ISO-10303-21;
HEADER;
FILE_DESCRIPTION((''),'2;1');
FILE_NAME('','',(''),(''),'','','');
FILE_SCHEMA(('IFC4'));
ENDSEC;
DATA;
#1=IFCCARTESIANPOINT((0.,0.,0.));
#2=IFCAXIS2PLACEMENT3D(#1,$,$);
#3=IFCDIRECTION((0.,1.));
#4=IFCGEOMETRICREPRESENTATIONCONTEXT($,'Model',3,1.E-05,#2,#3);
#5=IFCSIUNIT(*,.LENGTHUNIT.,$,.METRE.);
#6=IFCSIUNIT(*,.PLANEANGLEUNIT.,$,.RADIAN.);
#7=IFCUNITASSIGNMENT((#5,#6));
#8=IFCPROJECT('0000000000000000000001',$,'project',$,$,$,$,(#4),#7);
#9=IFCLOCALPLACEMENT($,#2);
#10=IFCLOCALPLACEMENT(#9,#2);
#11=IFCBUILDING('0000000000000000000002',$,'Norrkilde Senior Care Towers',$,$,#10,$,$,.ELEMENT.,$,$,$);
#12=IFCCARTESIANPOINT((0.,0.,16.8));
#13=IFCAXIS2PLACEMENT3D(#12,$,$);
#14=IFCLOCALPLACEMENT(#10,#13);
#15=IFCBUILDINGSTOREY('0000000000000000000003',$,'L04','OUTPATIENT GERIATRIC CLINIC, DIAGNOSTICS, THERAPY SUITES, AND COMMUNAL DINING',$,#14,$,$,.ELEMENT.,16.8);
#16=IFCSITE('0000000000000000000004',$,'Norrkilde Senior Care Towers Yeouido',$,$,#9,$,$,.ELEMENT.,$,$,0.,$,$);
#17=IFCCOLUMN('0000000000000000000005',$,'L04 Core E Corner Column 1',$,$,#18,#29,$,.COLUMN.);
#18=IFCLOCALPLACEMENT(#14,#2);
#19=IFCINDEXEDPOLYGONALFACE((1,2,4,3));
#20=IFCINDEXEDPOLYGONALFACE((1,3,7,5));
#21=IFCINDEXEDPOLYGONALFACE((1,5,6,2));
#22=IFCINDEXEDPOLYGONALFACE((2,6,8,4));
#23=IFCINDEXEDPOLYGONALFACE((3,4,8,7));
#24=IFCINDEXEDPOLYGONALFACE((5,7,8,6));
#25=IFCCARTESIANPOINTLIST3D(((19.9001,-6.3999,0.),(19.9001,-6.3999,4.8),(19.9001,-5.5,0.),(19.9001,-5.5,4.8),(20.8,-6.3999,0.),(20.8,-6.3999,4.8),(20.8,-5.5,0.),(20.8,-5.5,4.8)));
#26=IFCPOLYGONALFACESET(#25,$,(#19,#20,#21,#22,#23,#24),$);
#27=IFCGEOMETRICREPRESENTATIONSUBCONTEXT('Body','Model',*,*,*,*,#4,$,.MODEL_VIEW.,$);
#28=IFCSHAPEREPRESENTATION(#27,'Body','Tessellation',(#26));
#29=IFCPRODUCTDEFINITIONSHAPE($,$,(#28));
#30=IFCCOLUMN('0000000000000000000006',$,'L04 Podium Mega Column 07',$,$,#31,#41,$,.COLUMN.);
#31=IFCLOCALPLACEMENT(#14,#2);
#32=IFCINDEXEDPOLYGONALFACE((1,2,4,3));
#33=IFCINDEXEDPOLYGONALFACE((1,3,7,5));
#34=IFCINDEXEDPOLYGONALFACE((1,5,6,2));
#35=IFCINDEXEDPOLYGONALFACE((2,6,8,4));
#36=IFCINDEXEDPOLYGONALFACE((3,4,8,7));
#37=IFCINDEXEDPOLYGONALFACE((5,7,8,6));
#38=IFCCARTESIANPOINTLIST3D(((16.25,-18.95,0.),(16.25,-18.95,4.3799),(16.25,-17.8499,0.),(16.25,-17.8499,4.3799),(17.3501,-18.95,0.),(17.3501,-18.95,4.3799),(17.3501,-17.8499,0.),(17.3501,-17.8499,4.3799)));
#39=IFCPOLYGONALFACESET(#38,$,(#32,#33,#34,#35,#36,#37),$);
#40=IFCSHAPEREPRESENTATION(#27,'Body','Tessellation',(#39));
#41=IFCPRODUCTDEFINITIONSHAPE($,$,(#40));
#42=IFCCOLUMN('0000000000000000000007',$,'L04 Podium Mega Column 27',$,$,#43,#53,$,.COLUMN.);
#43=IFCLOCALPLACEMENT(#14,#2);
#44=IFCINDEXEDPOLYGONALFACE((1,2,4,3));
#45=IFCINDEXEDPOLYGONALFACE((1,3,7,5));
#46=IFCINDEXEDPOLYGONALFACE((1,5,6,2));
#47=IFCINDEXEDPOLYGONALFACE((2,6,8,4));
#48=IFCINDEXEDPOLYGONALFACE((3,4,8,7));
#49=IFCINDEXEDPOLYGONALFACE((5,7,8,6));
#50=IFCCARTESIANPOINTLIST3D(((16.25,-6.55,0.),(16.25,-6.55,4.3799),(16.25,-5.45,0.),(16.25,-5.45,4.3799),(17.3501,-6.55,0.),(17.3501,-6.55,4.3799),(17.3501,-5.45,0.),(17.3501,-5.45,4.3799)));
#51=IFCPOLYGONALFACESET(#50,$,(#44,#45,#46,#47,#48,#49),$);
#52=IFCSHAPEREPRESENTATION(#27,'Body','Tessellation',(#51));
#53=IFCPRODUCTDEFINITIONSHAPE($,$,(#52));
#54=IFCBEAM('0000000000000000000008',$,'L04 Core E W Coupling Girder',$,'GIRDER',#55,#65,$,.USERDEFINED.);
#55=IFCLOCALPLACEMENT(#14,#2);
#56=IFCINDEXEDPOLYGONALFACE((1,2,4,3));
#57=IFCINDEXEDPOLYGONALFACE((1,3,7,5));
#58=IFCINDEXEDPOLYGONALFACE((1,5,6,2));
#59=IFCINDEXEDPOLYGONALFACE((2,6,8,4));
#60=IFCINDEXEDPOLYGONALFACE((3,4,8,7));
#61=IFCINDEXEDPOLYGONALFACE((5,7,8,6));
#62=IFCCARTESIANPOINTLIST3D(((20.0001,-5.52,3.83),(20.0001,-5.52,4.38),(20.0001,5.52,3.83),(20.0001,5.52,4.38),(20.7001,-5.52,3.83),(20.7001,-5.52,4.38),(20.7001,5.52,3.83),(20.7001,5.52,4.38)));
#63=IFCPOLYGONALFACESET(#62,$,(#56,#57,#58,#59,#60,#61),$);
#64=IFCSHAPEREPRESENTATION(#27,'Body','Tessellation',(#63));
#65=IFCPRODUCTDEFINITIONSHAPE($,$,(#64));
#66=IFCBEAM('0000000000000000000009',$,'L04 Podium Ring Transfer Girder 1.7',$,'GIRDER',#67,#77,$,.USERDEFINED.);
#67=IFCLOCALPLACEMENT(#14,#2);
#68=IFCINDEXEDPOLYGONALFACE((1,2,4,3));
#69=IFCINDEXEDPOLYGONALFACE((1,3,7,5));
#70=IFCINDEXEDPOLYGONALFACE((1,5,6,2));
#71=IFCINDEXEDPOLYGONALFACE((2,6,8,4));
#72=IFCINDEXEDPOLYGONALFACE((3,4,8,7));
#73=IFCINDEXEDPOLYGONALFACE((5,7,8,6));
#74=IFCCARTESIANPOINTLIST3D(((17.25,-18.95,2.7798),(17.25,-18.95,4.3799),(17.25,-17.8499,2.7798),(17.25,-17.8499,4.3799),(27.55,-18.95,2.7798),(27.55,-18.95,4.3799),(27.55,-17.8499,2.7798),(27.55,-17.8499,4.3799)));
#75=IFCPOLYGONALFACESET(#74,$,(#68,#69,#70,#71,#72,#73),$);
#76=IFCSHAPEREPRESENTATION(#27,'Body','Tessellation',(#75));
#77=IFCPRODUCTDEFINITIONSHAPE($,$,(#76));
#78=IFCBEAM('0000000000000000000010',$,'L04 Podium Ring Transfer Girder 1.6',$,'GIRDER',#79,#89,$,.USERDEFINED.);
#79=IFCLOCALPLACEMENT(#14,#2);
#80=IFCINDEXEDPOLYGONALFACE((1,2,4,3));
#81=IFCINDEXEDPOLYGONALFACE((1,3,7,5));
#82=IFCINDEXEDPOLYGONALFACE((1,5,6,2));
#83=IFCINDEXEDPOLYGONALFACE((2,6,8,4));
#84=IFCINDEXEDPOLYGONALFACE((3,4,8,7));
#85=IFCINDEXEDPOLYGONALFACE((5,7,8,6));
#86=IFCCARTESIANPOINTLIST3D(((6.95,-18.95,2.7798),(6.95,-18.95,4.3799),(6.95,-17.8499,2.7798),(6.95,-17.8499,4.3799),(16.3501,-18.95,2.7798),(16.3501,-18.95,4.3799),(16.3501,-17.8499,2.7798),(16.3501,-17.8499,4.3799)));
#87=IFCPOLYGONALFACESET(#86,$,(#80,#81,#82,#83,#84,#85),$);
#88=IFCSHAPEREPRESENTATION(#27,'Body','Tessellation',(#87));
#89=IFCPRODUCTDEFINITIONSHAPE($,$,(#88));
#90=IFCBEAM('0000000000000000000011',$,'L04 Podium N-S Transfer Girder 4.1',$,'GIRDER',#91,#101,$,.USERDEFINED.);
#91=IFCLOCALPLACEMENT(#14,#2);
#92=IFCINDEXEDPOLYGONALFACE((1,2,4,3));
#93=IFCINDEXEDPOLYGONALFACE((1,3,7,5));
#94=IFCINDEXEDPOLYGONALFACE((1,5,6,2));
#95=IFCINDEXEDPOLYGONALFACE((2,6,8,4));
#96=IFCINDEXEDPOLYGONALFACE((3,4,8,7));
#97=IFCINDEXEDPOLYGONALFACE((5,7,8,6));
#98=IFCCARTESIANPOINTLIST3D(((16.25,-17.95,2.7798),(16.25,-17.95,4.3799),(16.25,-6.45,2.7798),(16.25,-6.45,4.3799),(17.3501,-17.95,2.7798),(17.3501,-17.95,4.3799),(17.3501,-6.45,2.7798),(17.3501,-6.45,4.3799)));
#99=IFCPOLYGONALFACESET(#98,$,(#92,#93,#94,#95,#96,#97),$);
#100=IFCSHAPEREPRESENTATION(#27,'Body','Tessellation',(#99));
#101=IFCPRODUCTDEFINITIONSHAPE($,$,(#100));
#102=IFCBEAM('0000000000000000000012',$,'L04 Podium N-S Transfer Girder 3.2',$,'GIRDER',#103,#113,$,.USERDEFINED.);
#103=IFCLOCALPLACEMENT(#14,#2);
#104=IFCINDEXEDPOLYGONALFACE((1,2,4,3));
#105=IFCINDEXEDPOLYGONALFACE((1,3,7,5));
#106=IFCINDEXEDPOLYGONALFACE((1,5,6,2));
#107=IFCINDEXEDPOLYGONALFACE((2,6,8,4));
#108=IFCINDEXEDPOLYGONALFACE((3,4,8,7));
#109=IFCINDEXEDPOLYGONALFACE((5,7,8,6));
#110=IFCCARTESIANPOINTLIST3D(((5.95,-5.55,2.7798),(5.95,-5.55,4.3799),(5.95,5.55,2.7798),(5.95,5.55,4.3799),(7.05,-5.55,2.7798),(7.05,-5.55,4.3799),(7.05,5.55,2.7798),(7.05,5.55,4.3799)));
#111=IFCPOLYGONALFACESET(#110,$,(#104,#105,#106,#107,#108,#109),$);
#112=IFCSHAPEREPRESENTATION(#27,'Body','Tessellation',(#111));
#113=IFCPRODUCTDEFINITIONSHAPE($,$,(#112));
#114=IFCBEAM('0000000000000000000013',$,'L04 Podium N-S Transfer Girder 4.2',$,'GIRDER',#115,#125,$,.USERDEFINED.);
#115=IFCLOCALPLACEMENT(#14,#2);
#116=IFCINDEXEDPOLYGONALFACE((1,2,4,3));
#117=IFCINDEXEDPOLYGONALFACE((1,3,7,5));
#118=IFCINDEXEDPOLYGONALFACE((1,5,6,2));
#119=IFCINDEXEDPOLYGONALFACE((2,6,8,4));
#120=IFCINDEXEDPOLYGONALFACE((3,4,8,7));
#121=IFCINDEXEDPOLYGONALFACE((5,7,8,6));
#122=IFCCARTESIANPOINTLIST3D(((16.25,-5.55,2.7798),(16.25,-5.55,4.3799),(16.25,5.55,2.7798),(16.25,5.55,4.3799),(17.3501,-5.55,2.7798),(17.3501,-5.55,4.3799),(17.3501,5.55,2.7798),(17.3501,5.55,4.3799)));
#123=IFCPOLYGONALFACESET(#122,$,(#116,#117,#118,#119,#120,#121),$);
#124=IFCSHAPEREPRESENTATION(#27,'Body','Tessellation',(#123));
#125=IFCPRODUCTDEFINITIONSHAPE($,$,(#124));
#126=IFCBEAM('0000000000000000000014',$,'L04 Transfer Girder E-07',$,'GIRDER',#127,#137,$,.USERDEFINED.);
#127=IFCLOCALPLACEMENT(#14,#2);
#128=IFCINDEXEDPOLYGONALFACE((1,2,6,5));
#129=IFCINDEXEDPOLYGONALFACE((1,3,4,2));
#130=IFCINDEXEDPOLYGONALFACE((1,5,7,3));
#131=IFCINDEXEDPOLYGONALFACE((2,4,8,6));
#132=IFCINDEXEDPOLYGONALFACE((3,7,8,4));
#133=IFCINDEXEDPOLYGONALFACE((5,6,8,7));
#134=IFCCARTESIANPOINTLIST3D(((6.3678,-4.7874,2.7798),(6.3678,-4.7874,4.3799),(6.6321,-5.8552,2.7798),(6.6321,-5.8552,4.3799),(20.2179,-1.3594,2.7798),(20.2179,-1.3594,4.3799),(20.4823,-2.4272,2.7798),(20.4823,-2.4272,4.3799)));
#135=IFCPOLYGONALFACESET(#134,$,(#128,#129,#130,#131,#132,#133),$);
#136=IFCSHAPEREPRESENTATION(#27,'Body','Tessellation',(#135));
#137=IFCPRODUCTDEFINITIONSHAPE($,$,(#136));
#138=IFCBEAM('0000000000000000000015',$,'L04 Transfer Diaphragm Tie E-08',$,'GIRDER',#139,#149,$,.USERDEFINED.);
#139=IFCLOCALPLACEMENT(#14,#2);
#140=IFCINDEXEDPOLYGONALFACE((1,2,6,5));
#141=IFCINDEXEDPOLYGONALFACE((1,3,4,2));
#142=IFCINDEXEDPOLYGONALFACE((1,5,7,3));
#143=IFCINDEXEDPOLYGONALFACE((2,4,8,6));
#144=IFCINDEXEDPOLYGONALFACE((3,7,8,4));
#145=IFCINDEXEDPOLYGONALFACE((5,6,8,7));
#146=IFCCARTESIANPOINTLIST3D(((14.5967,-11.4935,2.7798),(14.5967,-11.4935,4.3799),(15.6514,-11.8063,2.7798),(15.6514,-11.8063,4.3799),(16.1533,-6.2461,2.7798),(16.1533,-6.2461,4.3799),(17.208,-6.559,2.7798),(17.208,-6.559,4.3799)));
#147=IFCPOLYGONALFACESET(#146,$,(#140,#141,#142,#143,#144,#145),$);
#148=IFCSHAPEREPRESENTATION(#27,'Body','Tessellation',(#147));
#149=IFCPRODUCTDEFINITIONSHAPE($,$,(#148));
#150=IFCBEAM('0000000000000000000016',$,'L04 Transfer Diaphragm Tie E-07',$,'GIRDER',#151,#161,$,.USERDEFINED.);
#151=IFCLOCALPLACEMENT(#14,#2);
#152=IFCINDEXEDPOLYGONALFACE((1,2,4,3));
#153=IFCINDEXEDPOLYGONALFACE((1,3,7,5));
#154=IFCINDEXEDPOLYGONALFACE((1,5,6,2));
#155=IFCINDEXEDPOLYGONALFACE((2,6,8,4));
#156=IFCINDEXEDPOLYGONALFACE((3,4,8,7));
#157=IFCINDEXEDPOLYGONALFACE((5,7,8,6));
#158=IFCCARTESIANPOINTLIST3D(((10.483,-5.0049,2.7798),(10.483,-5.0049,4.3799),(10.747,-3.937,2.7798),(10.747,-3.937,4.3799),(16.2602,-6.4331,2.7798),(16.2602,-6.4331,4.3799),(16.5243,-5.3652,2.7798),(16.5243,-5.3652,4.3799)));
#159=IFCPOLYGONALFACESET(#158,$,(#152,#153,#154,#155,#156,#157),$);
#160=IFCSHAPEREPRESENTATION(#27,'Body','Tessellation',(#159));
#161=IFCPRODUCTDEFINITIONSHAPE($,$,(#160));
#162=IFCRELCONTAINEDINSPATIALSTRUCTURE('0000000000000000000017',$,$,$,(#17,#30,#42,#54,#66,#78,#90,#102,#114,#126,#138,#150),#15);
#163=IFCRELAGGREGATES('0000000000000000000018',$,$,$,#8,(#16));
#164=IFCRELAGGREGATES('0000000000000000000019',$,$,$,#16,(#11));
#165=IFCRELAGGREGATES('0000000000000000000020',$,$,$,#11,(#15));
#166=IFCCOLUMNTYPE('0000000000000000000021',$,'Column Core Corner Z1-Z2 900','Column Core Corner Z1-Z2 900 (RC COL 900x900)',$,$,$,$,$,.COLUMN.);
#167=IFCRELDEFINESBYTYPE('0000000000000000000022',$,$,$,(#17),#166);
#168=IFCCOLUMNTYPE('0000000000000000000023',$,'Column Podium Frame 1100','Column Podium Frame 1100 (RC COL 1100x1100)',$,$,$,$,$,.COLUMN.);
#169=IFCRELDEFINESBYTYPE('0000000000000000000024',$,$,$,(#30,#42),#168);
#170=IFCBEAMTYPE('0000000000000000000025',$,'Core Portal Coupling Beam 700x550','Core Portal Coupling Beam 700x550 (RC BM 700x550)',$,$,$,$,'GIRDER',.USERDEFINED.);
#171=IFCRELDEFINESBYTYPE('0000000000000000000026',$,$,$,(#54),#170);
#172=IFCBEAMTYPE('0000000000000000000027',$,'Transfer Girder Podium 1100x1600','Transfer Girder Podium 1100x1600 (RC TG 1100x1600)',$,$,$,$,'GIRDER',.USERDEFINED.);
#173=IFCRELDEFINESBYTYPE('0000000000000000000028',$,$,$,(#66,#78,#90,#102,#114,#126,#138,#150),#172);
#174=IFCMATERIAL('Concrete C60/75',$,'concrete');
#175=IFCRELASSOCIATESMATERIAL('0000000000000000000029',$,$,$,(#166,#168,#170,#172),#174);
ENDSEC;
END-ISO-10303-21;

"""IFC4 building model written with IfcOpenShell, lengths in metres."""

from ifc_helpers import new_model, si_unit, direction, frame, origin, origin_2d, place, context, subcontext, project, spatial, rectangle, extrude, source, transform, mapped, material, material_profile, profile_set, type_object, type_shapes, element, save


model = new_model("IFC4")

# Units and contexts
model_context = context("Model", 3, precision=1e-05, world=origin(), true_north=direction((0.0, 1.0)))
body_context = subcontext(model_context, "Body", "Model", "MODEL_VIEW")
ifc_project = project(units=[si_unit("LENGTHUNIT", "METRE"), si_unit("PLANEANGLEUNIT", "RADIAN")], contexts=[model_context])

# Site, building, storey
site_placement = place(None, origin())
site = spatial("IfcSite", under=ifc_project, at=site_placement, Name="Norrkilde Senior Care Towers Yeouido", CompositionType="ELEMENT", RefElevation=0.0)
building_placement = place(site_placement, origin())
building = spatial("IfcBuilding", under=site, at=building_placement, Name="Norrkilde Senior Care Towers", CompositionType="ELEMENT")
storey_placement = place(building_placement, frame((0.0, 0.0, 16.8)))
storey = spatial("IfcBuildingStorey", under=building, at=storey_placement, Name="L04", Description="OUTPATIENT GERIATRIC CLINIC, DIAGNOSTICS, THERAPY SUITES, AND COMMUNAL DINING", CompositionType="ELEMENT", Elevation=16.8)

# Columns
ifc_material_1 = material(Name="Concrete C60/75", Category="concrete")
ifc_material_profile_1 = material_profile(ifc_material_1, rectangle(XDim=0.8999, YDim=0.8999, at=origin_2d()), Name="RC COL 900x900")
ifc_profile_set_1 = profile_set([ifc_material_profile_1], Name="Concrete C60/75")
column_type_1 = type_object("IfcColumnType", Name="Column Core Corner Z1-Z2 900", Description="Column Core Corner Z1-Z2 900 (RC COL 900x900)", PredefinedType="COLUMN", material=ifc_profile_set_1)
shared_shape_1 = source(origin(), body_context, "Body", "SweptSolid", [
    extrude(rectangle(XDim=0.8999, YDim=0.8999, at=origin_2d()), origin(), (0.0, 0.0, 1.0), 4.8),
])
type_shapes(column_type_1, [shared_shape_1])
column_placement = place(storey_placement, frame((20.3501, -5.95, 0.0), z_axis=(0.0, 0.0, 1.0), x_axis=(1.0, 0.0, 0.0)))
element("IfcColumn", 1, at=column_placement, inside=storey, type_object=column_type_1, Name="L04 Core E Corner Column 1", PredefinedType="COLUMN", context=body_context, shape_type="MappedRepresentation", body=[
    mapped(shared_shape_1, transform((0.0, 0.0, 0.0), x_axis=(1.0, 0.0, 0.0), y_axis=(0.0, 1.0, 0.0), z_axis=(0.0, 0.0, 1.0), scale=1.0)),
])
ifc_material_profile_2 = material_profile(ifc_material_1, rectangle(XDim=1.1001, YDim=1.1001, at=origin_2d()), Name="RC COL 1100x1100")
ifc_profile_set_2 = profile_set([ifc_material_profile_2], Name="Concrete C60/75")
column_type_2 = type_object("IfcColumnType", Name="Column Podium Frame 1100", Description="Column Podium Frame 1100 (RC COL 1100x1100)", PredefinedType="COLUMN", material=ifc_profile_set_2)
shared_shape_2 = source(origin(), body_context, "Body", "SweptSolid", [
    extrude(rectangle(XDim=1.1001, YDim=1.1001, at=origin_2d()), origin(), (0.0, 0.0, 1.0), 4.3799),
])
type_shapes(column_type_2, [shared_shape_2])
for number, where, z_axis, x_axis, name in (
    (2, (16.8, -18.3999, 0.0), (0.0, 0.0, 1.0), (1.0, 0.0, 0.0), "L04 Podium Mega Column 07"),
    (3, (16.8, -6.0, 0.0), (0.0, 0.0, 1.0), (1.0, 0.0, 0.0), "L04 Podium Mega Column 27"),
):
    element("IfcColumn", number, at=place(storey_placement, frame(where, z_axis=z_axis, x_axis=x_axis)), inside=storey, type_object=column_type_2, Name=name, PredefinedType="COLUMN", context=body_context, shape_type="MappedRepresentation", body=[
        mapped(shared_shape_2, transform((0.0, 0.0, 0.0), x_axis=(1.0, 0.0, 0.0), y_axis=(0.0, 1.0, 0.0), z_axis=(0.0, 0.0, 1.0), scale=1.0)),
    ])

# Beams
ifc_material_profile_3 = material_profile(ifc_material_1, rectangle(XDim=0.7, YDim=0.55, at=origin_2d()), Name="RC BM 700x550")
ifc_profile_set_3 = profile_set([ifc_material_profile_3], Name="Concrete C60/75")
beam_type_1 = type_object("IfcBeamType", Name="Core Portal Coupling Beam 700x550", Description="Core Portal Coupling Beam 700x550 (RC BM 700x550)", ElementType="GIRDER", PredefinedType="USERDEFINED", material=ifc_profile_set_3)
shared_shape_3 = source(origin(), body_context, "Body", "SweptSolid", [
    extrude(rectangle(XDim=0.7, YDim=0.55, at=origin_2d()), origin(), (0.0, 0.0, 1.0), 11.04),
])
type_shapes(beam_type_1, [shared_shape_3])
beam_1_placement = place(storey_placement, frame((20.3501, -5.52, 4.105), z_axis=(0.0, 1.0, 0.0), x_axis=(-1.0, 0.0, 0.0)))
element("IfcBeam", 4, at=beam_1_placement, inside=storey, type_object=beam_type_1, Name="L04 Core E W Coupling Girder", ObjectType="GIRDER", PredefinedType="USERDEFINED", context=body_context, shape_type="MappedRepresentation", body=[
    mapped(shared_shape_3, transform((0.0, 0.0, 0.0), x_axis=(1.0, 0.0, 0.0), y_axis=(0.0, 1.0, 0.0), z_axis=(0.0, 0.0, 1.0), scale=1.0)),
])
ifc_material_profile_4 = material_profile(ifc_material_1, rectangle(XDim=1.1001, YDim=1.6001, at=origin_2d()), Name="RC TG 1100x1600")
ifc_profile_set_4 = profile_set([ifc_material_profile_4], Name="Concrete C60/75")
beam_type_2 = type_object("IfcBeamType", Name="Transfer Girder Podium 1100x1600", Description="Transfer Girder Podium 1100x1600 (RC TG 1100x1600)", ElementType="GIRDER", PredefinedType="USERDEFINED", material=ifc_profile_set_4)
shared_shape_4 = source(origin(), body_context, "Body", "SweptSolid", [
    extrude(rectangle(XDim=1.1001, YDim=1.6001, at=origin_2d()), origin(), (0.0, 0.0, 1.0), 10.3),
])
beam_2_placement = place(storey_placement, frame((17.25, -18.3999, 3.5798), z_axis=(1.0, 0.0, 0.0), x_axis=(0.0, 1.0, 0.0)))
element("IfcBeam", 5, at=beam_2_placement, inside=storey, type_object=beam_type_2, Name="L04 Podium Ring Transfer Girder 1.7", ObjectType="GIRDER", PredefinedType="USERDEFINED", context=body_context, shape_type="MappedRepresentation", body=[
    mapped(shared_shape_4, transform((0.0, 0.0, 0.0), x_axis=(1.0, 0.0, 0.0), y_axis=(0.0, 1.0, 0.0), z_axis=(0.0, 0.0, 1.0), scale=1.0)),
])
shared_shape_5 = source(origin(), body_context, "Body", "SweptSolid", [
    extrude(rectangle(XDim=1.1001, YDim=1.6001, at=origin_2d()), origin(), (0.0, 0.0, 1.0), 9.4001),
])
beam_3_placement = place(storey_placement, frame((6.95, -18.3999, 3.5798), z_axis=(1.0, 0.0, 0.0), x_axis=(0.0, 1.0, 0.0)))
element("IfcBeam", 6, at=beam_3_placement, inside=storey, type_object=beam_type_2, Name="L04 Podium Ring Transfer Girder 1.6", ObjectType="GIRDER", PredefinedType="USERDEFINED", context=body_context, shape_type="MappedRepresentation", body=[
    mapped(shared_shape_5, transform((0.0, 0.0, 0.0), x_axis=(1.0, 0.0, 0.0), y_axis=(0.0, 1.0, 0.0), z_axis=(0.0, 0.0, 1.0), scale=1.0)),
])
shared_shape_6 = source(origin(), body_context, "Body", "SweptSolid", [
    extrude(rectangle(XDim=1.1001, YDim=1.6001, at=origin_2d()), origin(), (0.0, 0.0, 1.0), 11.5),
])
beam_4_placement = place(storey_placement, frame((16.8, -17.95, 3.5798), z_axis=(0.0, 1.0, 0.0), x_axis=(-1.0, 0.0, 0.0)))
element("IfcBeam", 7, at=beam_4_placement, inside=storey, type_object=beam_type_2, Name="L04 Podium N-S Transfer Girder 4.1", ObjectType="GIRDER", PredefinedType="USERDEFINED", context=body_context, shape_type="MappedRepresentation", body=[
    mapped(shared_shape_6, transform((0.0, 0.0, 0.0), x_axis=(1.0, 0.0, 0.0), y_axis=(0.0, 1.0, 0.0), z_axis=(0.0, 0.0, 1.0), scale=1.0)),
])
shared_shape_7 = source(origin(), body_context, "Body", "SweptSolid", [
    extrude(rectangle(XDim=1.1001, YDim=1.6001, at=origin_2d()), origin(), (0.0, 0.0, 1.0), 11.1001),
])
for number, where, z_axis, x_axis, name in (
    (8, (6.5, -5.55, 3.5798), (0.0, 1.0, 0.0), (-1.0, 0.0, 0.0), "L04 Podium N-S Transfer Girder 3.2"),
    (9, (16.8, -5.55, 3.5798), (0.0, 1.0, 0.0), (-1.0, 0.0, 0.0), "L04 Podium N-S Transfer Girder 4.2"),
):
    element("IfcBeam", number, at=place(storey_placement, frame(where, z_axis=z_axis, x_axis=x_axis)), inside=storey, type_object=beam_type_2, Name=name, ObjectType="GIRDER", PredefinedType="USERDEFINED", context=body_context, shape_type="MappedRepresentation", body=[
        mapped(shared_shape_7, transform((0.0, 0.0, 0.0), x_axis=(1.0, 0.0, 0.0), y_axis=(0.0, 1.0, 0.0), z_axis=(0.0, 0.0, 1.0), scale=1.0)),
    ])
shared_shape_8 = source(origin(), body_context, "Body", "SweptSolid", [
    extrude(rectangle(XDim=1.1001, YDim=1.6001, at=origin_2d()), origin(), (0.0, 0.0, 1.0), 14.2681),
])
beam_5_placement = place(storey_placement, frame((20.3501, -1.8933, 3.5798), z_axis=(-0.97071, -0.240256, 0.0), x_axis=(0.240256, -0.97071, 0.0)))
element("IfcBeam", 10, at=beam_5_placement, inside=storey, type_object=beam_type_2, Name="L04 Transfer Girder E-07", ObjectType="GIRDER", PredefinedType="USERDEFINED", context=body_context, shape_type="MappedRepresentation", body=[
    mapped(shared_shape_8, transform((0.0, 0.0, 0.0), x_axis=(1.0, 0.0, 0.0), y_axis=(0.0, 1.0, 0.0), z_axis=(0.0, 0.0, 1.0), scale=1.0)),
])
shared_shape_9 = source(origin(), body_context, "Body", "SweptSolid", [
    extrude(rectangle(XDim=1.1001, YDim=1.6001, at=origin_2d()), origin(), (0.0, 0.0, 1.0), 5.4734),
])
beam_6_placement = place(storey_placement, frame((15.124, -11.6499, 3.5798), z_axis=(0.284404, 0.958704, 0.0), x_axis=(-0.958704, 0.284404, 0.0)))
element("IfcBeam", 11, at=beam_6_placement, inside=storey, type_object=beam_type_2, Name="L04 Transfer Diaphragm Tie E-08", ObjectType="GIRDER", PredefinedType="USERDEFINED", context=body_context, shape_type="MappedRepresentation", body=[
    mapped(shared_shape_9, transform((0.0, 0.0, 0.0), x_axis=(1.0, 0.0, 0.0), y_axis=(0.0, 1.0, 0.0), z_axis=(0.0, 0.0, 1.0), scale=1.0)),
])
shared_shape_10 = source(origin(), body_context, "Body", "SweptSolid", [
    extrude(rectangle(XDim=1.1001, YDim=1.6001, at=origin_2d()), origin(), (0.0, 0.0, 1.0), 5.9512),
])
type_shapes(beam_type_2, [shared_shape_4, shared_shape_5, shared_shape_6, shared_shape_7, shared_shape_8, shared_shape_9, shared_shape_10])
beam_7_placement = place(storey_placement, frame((10.615, -4.4709, 3.5798), z_axis=(0.970776, -0.239987, 0.0), x_axis=(0.239987, 0.970776, 0.0)))
element("IfcBeam", 12, at=beam_7_placement, inside=storey, type_object=beam_type_2, Name="L04 Transfer Diaphragm Tie E-07", ObjectType="GIRDER", PredefinedType="USERDEFINED", context=body_context, shape_type="MappedRepresentation", body=[
    mapped(shared_shape_10, transform((0.0, 0.0, 0.0), x_axis=(1.0, 0.0, 0.0), y_axis=(0.0, 1.0, 0.0), z_axis=(0.0, 0.0, 1.0), scale=1.0)),
])

save(model, "model.ifc")
